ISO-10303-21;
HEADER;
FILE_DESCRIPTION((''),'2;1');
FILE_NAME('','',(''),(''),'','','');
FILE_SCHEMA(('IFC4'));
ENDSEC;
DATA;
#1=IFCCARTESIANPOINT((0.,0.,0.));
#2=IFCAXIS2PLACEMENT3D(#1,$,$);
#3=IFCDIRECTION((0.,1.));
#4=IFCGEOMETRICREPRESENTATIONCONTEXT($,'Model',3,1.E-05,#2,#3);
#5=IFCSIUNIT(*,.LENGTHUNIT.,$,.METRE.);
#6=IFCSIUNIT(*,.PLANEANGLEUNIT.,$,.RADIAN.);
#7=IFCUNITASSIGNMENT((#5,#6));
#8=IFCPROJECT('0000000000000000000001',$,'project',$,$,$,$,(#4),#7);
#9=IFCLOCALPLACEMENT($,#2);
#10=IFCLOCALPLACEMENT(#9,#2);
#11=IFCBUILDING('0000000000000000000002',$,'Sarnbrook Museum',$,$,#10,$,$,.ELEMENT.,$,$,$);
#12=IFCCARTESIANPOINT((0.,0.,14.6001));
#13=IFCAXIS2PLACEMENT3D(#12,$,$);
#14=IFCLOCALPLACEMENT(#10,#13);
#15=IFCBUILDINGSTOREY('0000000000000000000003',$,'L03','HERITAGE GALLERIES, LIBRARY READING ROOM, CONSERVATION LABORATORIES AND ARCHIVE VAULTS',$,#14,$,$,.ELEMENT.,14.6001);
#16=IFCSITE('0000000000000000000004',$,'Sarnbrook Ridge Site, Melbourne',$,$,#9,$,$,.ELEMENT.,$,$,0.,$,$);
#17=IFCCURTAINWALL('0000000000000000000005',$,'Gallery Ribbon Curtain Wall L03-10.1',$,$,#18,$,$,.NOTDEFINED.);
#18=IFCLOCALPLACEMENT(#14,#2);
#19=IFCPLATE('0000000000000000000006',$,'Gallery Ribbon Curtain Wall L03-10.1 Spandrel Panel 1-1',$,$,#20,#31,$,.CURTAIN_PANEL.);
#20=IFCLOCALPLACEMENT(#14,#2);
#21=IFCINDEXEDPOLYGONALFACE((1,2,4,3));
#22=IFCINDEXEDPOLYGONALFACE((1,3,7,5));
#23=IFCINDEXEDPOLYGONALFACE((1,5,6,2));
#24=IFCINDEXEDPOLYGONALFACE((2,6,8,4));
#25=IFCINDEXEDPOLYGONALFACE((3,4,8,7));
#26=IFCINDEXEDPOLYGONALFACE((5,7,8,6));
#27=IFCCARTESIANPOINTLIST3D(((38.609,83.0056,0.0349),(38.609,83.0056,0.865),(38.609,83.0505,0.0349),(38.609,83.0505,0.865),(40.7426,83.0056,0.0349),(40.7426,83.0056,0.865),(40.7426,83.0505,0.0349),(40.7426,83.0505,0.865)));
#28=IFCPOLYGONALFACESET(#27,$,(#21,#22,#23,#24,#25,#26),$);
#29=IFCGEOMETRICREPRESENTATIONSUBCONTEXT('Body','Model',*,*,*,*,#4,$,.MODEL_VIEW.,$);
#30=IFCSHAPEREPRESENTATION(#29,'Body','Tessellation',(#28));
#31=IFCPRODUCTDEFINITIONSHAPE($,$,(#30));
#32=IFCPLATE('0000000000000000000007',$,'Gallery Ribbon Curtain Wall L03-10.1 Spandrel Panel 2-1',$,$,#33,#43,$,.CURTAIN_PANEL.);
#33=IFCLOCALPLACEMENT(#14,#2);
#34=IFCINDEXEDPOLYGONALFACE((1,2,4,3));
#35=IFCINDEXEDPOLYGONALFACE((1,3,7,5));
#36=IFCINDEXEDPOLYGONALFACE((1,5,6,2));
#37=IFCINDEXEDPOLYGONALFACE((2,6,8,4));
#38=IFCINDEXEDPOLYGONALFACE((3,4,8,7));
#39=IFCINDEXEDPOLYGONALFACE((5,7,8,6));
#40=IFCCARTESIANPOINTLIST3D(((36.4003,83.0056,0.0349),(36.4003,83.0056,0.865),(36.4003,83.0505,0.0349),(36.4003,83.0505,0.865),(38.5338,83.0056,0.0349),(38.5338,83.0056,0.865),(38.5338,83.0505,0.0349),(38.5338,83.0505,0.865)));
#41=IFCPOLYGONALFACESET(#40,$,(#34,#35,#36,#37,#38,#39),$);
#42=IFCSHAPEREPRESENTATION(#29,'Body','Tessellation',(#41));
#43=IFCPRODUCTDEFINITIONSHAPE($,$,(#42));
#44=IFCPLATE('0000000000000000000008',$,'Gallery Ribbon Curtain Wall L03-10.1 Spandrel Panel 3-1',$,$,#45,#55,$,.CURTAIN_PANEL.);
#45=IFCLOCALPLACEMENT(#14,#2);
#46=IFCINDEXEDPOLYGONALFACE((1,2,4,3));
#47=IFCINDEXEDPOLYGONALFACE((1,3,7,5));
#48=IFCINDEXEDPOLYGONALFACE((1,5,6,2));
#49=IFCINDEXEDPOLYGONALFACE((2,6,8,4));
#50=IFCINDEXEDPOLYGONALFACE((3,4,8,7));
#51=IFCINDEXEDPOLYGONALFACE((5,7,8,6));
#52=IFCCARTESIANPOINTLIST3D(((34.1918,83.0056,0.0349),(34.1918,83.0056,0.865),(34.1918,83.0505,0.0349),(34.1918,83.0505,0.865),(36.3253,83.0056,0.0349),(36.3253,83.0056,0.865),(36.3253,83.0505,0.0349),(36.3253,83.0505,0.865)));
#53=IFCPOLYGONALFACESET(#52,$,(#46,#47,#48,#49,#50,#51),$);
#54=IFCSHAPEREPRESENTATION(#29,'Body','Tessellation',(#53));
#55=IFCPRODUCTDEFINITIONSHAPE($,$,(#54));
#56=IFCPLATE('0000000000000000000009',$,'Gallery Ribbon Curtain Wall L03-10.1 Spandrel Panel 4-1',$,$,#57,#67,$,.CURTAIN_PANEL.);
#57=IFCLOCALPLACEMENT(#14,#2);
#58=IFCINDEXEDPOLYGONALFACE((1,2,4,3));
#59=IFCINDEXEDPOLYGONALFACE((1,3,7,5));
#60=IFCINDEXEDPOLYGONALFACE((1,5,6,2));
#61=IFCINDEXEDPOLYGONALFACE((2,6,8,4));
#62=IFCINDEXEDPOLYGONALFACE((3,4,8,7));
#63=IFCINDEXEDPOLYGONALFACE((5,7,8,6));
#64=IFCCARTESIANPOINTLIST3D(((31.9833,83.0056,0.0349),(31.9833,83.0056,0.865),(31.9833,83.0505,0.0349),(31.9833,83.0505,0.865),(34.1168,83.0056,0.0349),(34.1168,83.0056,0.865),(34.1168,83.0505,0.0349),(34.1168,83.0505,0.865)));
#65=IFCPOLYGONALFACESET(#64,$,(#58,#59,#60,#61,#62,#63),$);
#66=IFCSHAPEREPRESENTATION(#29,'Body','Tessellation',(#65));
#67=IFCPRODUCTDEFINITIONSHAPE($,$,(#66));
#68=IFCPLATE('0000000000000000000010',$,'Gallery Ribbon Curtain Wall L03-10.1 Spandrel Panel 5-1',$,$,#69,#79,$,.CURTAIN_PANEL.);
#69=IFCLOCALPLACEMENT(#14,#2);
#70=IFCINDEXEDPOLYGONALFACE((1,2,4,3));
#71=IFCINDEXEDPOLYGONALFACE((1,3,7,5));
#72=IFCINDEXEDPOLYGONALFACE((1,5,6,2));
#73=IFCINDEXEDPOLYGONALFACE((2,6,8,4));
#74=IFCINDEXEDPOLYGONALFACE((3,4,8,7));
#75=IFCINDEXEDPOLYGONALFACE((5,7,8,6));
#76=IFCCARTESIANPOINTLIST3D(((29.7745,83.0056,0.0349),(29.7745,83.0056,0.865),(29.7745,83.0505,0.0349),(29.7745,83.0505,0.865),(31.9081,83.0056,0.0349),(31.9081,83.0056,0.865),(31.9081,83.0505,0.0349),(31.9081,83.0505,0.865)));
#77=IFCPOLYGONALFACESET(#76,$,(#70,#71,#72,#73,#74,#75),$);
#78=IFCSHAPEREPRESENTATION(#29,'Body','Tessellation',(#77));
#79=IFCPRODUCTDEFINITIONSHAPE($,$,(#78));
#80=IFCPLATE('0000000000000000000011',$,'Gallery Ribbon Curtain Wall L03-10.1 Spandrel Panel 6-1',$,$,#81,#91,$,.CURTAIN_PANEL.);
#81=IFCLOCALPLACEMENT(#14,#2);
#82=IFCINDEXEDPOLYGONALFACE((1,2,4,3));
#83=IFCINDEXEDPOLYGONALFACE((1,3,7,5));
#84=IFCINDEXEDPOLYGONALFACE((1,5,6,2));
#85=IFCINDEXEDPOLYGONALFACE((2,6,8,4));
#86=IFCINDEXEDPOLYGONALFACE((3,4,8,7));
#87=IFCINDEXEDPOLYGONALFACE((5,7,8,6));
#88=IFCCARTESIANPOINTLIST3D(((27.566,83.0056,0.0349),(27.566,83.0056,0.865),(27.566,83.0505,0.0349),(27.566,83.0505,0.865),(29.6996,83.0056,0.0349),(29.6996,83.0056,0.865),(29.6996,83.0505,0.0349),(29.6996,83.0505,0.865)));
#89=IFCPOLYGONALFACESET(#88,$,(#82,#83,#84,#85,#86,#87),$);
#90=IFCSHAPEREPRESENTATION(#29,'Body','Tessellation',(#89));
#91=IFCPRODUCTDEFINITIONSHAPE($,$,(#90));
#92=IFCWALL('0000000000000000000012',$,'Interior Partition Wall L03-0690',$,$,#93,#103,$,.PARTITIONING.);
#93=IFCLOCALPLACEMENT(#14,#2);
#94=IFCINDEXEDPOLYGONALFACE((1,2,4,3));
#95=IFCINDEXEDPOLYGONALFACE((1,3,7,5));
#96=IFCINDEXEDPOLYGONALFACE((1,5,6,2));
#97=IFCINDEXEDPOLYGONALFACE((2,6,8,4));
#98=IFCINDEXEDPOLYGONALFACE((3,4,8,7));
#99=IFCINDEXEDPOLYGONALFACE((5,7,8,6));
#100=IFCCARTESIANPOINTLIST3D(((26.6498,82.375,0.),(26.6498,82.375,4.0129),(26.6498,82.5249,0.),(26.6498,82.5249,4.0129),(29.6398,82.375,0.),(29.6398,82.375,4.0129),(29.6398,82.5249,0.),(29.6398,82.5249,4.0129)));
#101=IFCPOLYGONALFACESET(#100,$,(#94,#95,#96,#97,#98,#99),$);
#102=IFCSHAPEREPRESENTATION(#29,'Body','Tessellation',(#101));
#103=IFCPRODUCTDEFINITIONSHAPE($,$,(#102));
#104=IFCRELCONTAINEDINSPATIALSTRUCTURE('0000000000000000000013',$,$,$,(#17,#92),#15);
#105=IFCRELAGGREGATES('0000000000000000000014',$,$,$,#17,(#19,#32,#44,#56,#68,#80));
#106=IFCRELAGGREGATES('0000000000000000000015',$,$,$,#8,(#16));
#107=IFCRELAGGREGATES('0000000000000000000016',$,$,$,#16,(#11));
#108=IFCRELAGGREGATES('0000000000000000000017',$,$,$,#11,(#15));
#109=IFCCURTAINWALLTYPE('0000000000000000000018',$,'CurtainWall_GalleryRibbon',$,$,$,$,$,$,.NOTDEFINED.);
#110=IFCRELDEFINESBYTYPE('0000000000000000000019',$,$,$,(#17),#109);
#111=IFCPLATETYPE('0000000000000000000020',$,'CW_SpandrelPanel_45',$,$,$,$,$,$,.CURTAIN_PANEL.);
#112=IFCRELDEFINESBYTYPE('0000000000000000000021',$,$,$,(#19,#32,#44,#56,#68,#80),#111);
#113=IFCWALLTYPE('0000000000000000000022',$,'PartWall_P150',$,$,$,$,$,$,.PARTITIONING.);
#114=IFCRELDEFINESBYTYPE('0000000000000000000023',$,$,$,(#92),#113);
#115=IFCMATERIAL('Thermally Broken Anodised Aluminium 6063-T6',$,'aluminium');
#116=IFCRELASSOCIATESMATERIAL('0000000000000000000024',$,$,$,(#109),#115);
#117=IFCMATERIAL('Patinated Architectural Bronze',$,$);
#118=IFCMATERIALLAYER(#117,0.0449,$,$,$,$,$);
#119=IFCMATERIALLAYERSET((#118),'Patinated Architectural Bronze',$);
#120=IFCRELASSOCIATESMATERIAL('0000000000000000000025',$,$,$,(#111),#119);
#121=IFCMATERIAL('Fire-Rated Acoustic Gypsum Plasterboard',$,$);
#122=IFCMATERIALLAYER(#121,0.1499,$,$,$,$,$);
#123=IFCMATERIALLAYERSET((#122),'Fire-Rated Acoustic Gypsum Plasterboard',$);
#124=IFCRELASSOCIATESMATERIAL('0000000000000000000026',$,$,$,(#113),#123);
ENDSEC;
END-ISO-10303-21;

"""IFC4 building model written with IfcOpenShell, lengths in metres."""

from ifc_helpers import new_model, si_unit, direction, frame, frame_2d, origin, origin_2d, place, context, subcontext, project, spatial, rectangle, extrude, material, layer, layer_set, type_object, element, aggregate, save


model = new_model("IFC4")

# Units and contexts
model_context = context("Model", 3, precision=1e-05, world=origin(), true_north=direction((0.0, 1.0)))
body_context = subcontext(model_context, "Body", "Model", "MODEL_VIEW")
ifc_project = project(units=[si_unit("LENGTHUNIT", "METRE"), si_unit("PLANEANGLEUNIT", "RADIAN")], contexts=[model_context])

# Site, building, storey
site_placement = place(None, origin())
site = spatial("IfcSite", under=ifc_project, at=site_placement, Name="Sarnbrook Ridge Site, Melbourne", CompositionType="ELEMENT", RefElevation=0.0)
building_placement = place(site_placement, origin())
building = spatial("IfcBuilding", under=site, at=building_placement, Name="Sarnbrook Museum", CompositionType="ELEMENT")
storey_placement = place(building_placement, frame((0.0, 0.0, 14.6001)))
storey = spatial("IfcBuildingStorey", under=building, at=storey_placement, Name="L03", Description="HERITAGE GALLERIES, LIBRARY READING ROOM, CONSERVATION LABORATORIES AND ARCHIVE VAULTS", CompositionType="ELEMENT", Elevation=14.6001)

# Curtain wall, plates
ifc_material_1 = material(Name="Thermally Broken Anodised Aluminium 6063-T6", Category="aluminium")
curtain_wall_type = type_object("IfcCurtainWallType", Name="CurtainWall_GalleryRibbon", PredefinedType="NOTDEFINED", material=ifc_material_1)
curtain_wall_placement = place(storey_placement, origin())
curtain_wall = element("IfcCurtainWall", 1, at=curtain_wall_placement, inside=storey, type_object=curtain_wall_type, Name="Gallery Ribbon Curtain Wall L03-10.1", PredefinedType="NOTDEFINED")
ifc_material_2 = material(Name="Patinated Architectural Bronze")
ifc_layer_1 = layer(ifc_material_2, 0.0449)
ifc_layer_set_1 = layer_set([ifc_layer_1], Name="Patinated Architectural Bronze")
plate_type_1 = type_object("IfcPlateType", Name="CW_SpandrelPanel_45", PredefinedType="CURTAIN_PANEL", material=ifc_layer_set_1)
plate_1_placement = place(storey_placement, frame((39.6758, 83.0056, 0.45), z_axis=(0.0, 1.0, 0.0), x_axis=(-1.0, 0.0, 0.0)))
plate_1 = element("IfcPlate", 2, at=plate_1_placement, type_object=plate_type_1, Name="Gallery Ribbon Curtain Wall L03-10.1 Spandrel Panel 1-1", PredefinedType="CURTAIN_PANEL", context=body_context, shape_type="SweptSolid", body=[
    extrude(rectangle(XDim=2.1335, YDim=0.8301, at=origin_2d()), origin(), (0.0, 0.0, 1.0), 0.0449),
])
plate_2_placement = place(storey_placement, frame((37.467, 83.0056, 0.45), z_axis=(0.0, 1.0, 0.0), x_axis=(-1.0, 0.0, 0.0)))
plate_2 = element("IfcPlate", 3, at=plate_2_placement, type_object=plate_type_1, Name="Gallery Ribbon Curtain Wall L03-10.1 Spandrel Panel 2-1", PredefinedType="CURTAIN_PANEL", context=body_context, shape_type="SweptSolid", body=[
    extrude(rectangle(XDim=2.1335, YDim=0.8301, at=origin_2d()), origin(), (0.0, 0.0, 1.0), 0.0449),
])
plate_3_placement = place(storey_placement, frame((35.2585, 83.0056, 0.45), z_axis=(0.0, 1.0, 0.0), x_axis=(-1.0, 0.0, 0.0)))
plate_3 = element("IfcPlate", 4, at=plate_3_placement, type_object=plate_type_1, Name="Gallery Ribbon Curtain Wall L03-10.1 Spandrel Panel 3-1", PredefinedType="CURTAIN_PANEL", context=body_context, shape_type="SweptSolid", body=[
    extrude(rectangle(XDim=2.1335, YDim=0.8301, at=origin_2d()), origin(), (0.0, 0.0, 1.0), 0.0449),
])
plate_4_placement = place(storey_placement, frame((33.05, 83.0056, 0.45), z_axis=(0.0, 1.0, 0.0), x_axis=(-1.0, 0.0, 0.0)))
plate_4 = element("IfcPlate", 5, at=plate_4_placement, type_object=plate_type_1, Name="Gallery Ribbon Curtain Wall L03-10.1 Spandrel Panel 4-1", PredefinedType="CURTAIN_PANEL", context=body_context, shape_type="SweptSolid", body=[
    extrude(rectangle(XDim=2.1335, YDim=0.8301, at=origin_2d()), origin(), (0.0, 0.0, 1.0), 0.0449),
])
plate_5_placement = place(storey_placement, frame((30.8413, 83.0056, 0.45), z_axis=(0.0, 1.0, 0.0), x_axis=(-1.0, 0.0, 0.0)))
plate_5 = element("IfcPlate", 6, at=plate_5_placement, type_object=plate_type_1, Name="Gallery Ribbon Curtain Wall L03-10.1 Spandrel Panel 5-1", PredefinedType="CURTAIN_PANEL", context=body_context, shape_type="SweptSolid", body=[
    extrude(rectangle(XDim=2.1335, YDim=0.8301, at=origin_2d()), origin(), (0.0, 0.0, 1.0), 0.0449),
])
plate_6_placement = place(storey_placement, frame((28.6328, 83.0056, 0.45), z_axis=(0.0, 1.0, 0.0), x_axis=(-1.0, 0.0, 0.0)))
plate_6 = element("IfcPlate", 7, at=plate_6_placement, type_object=plate_type_1, Name="Gallery Ribbon Curtain Wall L03-10.1 Spandrel Panel 6-1", PredefinedType="CURTAIN_PANEL", context=body_context, shape_type="SweptSolid", body=[
    extrude(rectangle(XDim=2.1335, YDim=0.8301, at=origin_2d()), origin(), (0.0, 0.0, 1.0), 0.0449),
])
aggregate(curtain_wall, [plate_1, plate_2, plate_3, plate_4, plate_5, plate_6])

# Wall
ifc_material_3 = material(Name="Fire-Rated Acoustic Gypsum Plasterboard")
ifc_layer_2 = layer(ifc_material_3, 0.1499)
ifc_layer_set_2 = layer_set([ifc_layer_2], Name="Fire-Rated Acoustic Gypsum Plasterboard")
wall_type = type_object("IfcWallType", Name="PartWall_P150", PredefinedType="PARTITIONING", material=ifc_layer_set_2)
wall_placement = place(storey_placement, frame((29.6399, 82.45, 0.0), z_axis=(0.0, 0.0, 1.0), x_axis=(-1.0, 0.0, 0.0)))
element("IfcWall", 8, at=wall_placement, inside=storey, type_object=wall_type, Name="Interior Partition Wall L03-0690", PredefinedType="PARTITIONING", context=body_context, shape_type="SweptSolid", body=[
    extrude(rectangle(XDim=2.99, YDim=0.1499, at=frame_2d((1.4951, 0.0))), origin(), (0.0, 0.0, 1.0), 4.0129),
])

save(model, "model.ifc")
